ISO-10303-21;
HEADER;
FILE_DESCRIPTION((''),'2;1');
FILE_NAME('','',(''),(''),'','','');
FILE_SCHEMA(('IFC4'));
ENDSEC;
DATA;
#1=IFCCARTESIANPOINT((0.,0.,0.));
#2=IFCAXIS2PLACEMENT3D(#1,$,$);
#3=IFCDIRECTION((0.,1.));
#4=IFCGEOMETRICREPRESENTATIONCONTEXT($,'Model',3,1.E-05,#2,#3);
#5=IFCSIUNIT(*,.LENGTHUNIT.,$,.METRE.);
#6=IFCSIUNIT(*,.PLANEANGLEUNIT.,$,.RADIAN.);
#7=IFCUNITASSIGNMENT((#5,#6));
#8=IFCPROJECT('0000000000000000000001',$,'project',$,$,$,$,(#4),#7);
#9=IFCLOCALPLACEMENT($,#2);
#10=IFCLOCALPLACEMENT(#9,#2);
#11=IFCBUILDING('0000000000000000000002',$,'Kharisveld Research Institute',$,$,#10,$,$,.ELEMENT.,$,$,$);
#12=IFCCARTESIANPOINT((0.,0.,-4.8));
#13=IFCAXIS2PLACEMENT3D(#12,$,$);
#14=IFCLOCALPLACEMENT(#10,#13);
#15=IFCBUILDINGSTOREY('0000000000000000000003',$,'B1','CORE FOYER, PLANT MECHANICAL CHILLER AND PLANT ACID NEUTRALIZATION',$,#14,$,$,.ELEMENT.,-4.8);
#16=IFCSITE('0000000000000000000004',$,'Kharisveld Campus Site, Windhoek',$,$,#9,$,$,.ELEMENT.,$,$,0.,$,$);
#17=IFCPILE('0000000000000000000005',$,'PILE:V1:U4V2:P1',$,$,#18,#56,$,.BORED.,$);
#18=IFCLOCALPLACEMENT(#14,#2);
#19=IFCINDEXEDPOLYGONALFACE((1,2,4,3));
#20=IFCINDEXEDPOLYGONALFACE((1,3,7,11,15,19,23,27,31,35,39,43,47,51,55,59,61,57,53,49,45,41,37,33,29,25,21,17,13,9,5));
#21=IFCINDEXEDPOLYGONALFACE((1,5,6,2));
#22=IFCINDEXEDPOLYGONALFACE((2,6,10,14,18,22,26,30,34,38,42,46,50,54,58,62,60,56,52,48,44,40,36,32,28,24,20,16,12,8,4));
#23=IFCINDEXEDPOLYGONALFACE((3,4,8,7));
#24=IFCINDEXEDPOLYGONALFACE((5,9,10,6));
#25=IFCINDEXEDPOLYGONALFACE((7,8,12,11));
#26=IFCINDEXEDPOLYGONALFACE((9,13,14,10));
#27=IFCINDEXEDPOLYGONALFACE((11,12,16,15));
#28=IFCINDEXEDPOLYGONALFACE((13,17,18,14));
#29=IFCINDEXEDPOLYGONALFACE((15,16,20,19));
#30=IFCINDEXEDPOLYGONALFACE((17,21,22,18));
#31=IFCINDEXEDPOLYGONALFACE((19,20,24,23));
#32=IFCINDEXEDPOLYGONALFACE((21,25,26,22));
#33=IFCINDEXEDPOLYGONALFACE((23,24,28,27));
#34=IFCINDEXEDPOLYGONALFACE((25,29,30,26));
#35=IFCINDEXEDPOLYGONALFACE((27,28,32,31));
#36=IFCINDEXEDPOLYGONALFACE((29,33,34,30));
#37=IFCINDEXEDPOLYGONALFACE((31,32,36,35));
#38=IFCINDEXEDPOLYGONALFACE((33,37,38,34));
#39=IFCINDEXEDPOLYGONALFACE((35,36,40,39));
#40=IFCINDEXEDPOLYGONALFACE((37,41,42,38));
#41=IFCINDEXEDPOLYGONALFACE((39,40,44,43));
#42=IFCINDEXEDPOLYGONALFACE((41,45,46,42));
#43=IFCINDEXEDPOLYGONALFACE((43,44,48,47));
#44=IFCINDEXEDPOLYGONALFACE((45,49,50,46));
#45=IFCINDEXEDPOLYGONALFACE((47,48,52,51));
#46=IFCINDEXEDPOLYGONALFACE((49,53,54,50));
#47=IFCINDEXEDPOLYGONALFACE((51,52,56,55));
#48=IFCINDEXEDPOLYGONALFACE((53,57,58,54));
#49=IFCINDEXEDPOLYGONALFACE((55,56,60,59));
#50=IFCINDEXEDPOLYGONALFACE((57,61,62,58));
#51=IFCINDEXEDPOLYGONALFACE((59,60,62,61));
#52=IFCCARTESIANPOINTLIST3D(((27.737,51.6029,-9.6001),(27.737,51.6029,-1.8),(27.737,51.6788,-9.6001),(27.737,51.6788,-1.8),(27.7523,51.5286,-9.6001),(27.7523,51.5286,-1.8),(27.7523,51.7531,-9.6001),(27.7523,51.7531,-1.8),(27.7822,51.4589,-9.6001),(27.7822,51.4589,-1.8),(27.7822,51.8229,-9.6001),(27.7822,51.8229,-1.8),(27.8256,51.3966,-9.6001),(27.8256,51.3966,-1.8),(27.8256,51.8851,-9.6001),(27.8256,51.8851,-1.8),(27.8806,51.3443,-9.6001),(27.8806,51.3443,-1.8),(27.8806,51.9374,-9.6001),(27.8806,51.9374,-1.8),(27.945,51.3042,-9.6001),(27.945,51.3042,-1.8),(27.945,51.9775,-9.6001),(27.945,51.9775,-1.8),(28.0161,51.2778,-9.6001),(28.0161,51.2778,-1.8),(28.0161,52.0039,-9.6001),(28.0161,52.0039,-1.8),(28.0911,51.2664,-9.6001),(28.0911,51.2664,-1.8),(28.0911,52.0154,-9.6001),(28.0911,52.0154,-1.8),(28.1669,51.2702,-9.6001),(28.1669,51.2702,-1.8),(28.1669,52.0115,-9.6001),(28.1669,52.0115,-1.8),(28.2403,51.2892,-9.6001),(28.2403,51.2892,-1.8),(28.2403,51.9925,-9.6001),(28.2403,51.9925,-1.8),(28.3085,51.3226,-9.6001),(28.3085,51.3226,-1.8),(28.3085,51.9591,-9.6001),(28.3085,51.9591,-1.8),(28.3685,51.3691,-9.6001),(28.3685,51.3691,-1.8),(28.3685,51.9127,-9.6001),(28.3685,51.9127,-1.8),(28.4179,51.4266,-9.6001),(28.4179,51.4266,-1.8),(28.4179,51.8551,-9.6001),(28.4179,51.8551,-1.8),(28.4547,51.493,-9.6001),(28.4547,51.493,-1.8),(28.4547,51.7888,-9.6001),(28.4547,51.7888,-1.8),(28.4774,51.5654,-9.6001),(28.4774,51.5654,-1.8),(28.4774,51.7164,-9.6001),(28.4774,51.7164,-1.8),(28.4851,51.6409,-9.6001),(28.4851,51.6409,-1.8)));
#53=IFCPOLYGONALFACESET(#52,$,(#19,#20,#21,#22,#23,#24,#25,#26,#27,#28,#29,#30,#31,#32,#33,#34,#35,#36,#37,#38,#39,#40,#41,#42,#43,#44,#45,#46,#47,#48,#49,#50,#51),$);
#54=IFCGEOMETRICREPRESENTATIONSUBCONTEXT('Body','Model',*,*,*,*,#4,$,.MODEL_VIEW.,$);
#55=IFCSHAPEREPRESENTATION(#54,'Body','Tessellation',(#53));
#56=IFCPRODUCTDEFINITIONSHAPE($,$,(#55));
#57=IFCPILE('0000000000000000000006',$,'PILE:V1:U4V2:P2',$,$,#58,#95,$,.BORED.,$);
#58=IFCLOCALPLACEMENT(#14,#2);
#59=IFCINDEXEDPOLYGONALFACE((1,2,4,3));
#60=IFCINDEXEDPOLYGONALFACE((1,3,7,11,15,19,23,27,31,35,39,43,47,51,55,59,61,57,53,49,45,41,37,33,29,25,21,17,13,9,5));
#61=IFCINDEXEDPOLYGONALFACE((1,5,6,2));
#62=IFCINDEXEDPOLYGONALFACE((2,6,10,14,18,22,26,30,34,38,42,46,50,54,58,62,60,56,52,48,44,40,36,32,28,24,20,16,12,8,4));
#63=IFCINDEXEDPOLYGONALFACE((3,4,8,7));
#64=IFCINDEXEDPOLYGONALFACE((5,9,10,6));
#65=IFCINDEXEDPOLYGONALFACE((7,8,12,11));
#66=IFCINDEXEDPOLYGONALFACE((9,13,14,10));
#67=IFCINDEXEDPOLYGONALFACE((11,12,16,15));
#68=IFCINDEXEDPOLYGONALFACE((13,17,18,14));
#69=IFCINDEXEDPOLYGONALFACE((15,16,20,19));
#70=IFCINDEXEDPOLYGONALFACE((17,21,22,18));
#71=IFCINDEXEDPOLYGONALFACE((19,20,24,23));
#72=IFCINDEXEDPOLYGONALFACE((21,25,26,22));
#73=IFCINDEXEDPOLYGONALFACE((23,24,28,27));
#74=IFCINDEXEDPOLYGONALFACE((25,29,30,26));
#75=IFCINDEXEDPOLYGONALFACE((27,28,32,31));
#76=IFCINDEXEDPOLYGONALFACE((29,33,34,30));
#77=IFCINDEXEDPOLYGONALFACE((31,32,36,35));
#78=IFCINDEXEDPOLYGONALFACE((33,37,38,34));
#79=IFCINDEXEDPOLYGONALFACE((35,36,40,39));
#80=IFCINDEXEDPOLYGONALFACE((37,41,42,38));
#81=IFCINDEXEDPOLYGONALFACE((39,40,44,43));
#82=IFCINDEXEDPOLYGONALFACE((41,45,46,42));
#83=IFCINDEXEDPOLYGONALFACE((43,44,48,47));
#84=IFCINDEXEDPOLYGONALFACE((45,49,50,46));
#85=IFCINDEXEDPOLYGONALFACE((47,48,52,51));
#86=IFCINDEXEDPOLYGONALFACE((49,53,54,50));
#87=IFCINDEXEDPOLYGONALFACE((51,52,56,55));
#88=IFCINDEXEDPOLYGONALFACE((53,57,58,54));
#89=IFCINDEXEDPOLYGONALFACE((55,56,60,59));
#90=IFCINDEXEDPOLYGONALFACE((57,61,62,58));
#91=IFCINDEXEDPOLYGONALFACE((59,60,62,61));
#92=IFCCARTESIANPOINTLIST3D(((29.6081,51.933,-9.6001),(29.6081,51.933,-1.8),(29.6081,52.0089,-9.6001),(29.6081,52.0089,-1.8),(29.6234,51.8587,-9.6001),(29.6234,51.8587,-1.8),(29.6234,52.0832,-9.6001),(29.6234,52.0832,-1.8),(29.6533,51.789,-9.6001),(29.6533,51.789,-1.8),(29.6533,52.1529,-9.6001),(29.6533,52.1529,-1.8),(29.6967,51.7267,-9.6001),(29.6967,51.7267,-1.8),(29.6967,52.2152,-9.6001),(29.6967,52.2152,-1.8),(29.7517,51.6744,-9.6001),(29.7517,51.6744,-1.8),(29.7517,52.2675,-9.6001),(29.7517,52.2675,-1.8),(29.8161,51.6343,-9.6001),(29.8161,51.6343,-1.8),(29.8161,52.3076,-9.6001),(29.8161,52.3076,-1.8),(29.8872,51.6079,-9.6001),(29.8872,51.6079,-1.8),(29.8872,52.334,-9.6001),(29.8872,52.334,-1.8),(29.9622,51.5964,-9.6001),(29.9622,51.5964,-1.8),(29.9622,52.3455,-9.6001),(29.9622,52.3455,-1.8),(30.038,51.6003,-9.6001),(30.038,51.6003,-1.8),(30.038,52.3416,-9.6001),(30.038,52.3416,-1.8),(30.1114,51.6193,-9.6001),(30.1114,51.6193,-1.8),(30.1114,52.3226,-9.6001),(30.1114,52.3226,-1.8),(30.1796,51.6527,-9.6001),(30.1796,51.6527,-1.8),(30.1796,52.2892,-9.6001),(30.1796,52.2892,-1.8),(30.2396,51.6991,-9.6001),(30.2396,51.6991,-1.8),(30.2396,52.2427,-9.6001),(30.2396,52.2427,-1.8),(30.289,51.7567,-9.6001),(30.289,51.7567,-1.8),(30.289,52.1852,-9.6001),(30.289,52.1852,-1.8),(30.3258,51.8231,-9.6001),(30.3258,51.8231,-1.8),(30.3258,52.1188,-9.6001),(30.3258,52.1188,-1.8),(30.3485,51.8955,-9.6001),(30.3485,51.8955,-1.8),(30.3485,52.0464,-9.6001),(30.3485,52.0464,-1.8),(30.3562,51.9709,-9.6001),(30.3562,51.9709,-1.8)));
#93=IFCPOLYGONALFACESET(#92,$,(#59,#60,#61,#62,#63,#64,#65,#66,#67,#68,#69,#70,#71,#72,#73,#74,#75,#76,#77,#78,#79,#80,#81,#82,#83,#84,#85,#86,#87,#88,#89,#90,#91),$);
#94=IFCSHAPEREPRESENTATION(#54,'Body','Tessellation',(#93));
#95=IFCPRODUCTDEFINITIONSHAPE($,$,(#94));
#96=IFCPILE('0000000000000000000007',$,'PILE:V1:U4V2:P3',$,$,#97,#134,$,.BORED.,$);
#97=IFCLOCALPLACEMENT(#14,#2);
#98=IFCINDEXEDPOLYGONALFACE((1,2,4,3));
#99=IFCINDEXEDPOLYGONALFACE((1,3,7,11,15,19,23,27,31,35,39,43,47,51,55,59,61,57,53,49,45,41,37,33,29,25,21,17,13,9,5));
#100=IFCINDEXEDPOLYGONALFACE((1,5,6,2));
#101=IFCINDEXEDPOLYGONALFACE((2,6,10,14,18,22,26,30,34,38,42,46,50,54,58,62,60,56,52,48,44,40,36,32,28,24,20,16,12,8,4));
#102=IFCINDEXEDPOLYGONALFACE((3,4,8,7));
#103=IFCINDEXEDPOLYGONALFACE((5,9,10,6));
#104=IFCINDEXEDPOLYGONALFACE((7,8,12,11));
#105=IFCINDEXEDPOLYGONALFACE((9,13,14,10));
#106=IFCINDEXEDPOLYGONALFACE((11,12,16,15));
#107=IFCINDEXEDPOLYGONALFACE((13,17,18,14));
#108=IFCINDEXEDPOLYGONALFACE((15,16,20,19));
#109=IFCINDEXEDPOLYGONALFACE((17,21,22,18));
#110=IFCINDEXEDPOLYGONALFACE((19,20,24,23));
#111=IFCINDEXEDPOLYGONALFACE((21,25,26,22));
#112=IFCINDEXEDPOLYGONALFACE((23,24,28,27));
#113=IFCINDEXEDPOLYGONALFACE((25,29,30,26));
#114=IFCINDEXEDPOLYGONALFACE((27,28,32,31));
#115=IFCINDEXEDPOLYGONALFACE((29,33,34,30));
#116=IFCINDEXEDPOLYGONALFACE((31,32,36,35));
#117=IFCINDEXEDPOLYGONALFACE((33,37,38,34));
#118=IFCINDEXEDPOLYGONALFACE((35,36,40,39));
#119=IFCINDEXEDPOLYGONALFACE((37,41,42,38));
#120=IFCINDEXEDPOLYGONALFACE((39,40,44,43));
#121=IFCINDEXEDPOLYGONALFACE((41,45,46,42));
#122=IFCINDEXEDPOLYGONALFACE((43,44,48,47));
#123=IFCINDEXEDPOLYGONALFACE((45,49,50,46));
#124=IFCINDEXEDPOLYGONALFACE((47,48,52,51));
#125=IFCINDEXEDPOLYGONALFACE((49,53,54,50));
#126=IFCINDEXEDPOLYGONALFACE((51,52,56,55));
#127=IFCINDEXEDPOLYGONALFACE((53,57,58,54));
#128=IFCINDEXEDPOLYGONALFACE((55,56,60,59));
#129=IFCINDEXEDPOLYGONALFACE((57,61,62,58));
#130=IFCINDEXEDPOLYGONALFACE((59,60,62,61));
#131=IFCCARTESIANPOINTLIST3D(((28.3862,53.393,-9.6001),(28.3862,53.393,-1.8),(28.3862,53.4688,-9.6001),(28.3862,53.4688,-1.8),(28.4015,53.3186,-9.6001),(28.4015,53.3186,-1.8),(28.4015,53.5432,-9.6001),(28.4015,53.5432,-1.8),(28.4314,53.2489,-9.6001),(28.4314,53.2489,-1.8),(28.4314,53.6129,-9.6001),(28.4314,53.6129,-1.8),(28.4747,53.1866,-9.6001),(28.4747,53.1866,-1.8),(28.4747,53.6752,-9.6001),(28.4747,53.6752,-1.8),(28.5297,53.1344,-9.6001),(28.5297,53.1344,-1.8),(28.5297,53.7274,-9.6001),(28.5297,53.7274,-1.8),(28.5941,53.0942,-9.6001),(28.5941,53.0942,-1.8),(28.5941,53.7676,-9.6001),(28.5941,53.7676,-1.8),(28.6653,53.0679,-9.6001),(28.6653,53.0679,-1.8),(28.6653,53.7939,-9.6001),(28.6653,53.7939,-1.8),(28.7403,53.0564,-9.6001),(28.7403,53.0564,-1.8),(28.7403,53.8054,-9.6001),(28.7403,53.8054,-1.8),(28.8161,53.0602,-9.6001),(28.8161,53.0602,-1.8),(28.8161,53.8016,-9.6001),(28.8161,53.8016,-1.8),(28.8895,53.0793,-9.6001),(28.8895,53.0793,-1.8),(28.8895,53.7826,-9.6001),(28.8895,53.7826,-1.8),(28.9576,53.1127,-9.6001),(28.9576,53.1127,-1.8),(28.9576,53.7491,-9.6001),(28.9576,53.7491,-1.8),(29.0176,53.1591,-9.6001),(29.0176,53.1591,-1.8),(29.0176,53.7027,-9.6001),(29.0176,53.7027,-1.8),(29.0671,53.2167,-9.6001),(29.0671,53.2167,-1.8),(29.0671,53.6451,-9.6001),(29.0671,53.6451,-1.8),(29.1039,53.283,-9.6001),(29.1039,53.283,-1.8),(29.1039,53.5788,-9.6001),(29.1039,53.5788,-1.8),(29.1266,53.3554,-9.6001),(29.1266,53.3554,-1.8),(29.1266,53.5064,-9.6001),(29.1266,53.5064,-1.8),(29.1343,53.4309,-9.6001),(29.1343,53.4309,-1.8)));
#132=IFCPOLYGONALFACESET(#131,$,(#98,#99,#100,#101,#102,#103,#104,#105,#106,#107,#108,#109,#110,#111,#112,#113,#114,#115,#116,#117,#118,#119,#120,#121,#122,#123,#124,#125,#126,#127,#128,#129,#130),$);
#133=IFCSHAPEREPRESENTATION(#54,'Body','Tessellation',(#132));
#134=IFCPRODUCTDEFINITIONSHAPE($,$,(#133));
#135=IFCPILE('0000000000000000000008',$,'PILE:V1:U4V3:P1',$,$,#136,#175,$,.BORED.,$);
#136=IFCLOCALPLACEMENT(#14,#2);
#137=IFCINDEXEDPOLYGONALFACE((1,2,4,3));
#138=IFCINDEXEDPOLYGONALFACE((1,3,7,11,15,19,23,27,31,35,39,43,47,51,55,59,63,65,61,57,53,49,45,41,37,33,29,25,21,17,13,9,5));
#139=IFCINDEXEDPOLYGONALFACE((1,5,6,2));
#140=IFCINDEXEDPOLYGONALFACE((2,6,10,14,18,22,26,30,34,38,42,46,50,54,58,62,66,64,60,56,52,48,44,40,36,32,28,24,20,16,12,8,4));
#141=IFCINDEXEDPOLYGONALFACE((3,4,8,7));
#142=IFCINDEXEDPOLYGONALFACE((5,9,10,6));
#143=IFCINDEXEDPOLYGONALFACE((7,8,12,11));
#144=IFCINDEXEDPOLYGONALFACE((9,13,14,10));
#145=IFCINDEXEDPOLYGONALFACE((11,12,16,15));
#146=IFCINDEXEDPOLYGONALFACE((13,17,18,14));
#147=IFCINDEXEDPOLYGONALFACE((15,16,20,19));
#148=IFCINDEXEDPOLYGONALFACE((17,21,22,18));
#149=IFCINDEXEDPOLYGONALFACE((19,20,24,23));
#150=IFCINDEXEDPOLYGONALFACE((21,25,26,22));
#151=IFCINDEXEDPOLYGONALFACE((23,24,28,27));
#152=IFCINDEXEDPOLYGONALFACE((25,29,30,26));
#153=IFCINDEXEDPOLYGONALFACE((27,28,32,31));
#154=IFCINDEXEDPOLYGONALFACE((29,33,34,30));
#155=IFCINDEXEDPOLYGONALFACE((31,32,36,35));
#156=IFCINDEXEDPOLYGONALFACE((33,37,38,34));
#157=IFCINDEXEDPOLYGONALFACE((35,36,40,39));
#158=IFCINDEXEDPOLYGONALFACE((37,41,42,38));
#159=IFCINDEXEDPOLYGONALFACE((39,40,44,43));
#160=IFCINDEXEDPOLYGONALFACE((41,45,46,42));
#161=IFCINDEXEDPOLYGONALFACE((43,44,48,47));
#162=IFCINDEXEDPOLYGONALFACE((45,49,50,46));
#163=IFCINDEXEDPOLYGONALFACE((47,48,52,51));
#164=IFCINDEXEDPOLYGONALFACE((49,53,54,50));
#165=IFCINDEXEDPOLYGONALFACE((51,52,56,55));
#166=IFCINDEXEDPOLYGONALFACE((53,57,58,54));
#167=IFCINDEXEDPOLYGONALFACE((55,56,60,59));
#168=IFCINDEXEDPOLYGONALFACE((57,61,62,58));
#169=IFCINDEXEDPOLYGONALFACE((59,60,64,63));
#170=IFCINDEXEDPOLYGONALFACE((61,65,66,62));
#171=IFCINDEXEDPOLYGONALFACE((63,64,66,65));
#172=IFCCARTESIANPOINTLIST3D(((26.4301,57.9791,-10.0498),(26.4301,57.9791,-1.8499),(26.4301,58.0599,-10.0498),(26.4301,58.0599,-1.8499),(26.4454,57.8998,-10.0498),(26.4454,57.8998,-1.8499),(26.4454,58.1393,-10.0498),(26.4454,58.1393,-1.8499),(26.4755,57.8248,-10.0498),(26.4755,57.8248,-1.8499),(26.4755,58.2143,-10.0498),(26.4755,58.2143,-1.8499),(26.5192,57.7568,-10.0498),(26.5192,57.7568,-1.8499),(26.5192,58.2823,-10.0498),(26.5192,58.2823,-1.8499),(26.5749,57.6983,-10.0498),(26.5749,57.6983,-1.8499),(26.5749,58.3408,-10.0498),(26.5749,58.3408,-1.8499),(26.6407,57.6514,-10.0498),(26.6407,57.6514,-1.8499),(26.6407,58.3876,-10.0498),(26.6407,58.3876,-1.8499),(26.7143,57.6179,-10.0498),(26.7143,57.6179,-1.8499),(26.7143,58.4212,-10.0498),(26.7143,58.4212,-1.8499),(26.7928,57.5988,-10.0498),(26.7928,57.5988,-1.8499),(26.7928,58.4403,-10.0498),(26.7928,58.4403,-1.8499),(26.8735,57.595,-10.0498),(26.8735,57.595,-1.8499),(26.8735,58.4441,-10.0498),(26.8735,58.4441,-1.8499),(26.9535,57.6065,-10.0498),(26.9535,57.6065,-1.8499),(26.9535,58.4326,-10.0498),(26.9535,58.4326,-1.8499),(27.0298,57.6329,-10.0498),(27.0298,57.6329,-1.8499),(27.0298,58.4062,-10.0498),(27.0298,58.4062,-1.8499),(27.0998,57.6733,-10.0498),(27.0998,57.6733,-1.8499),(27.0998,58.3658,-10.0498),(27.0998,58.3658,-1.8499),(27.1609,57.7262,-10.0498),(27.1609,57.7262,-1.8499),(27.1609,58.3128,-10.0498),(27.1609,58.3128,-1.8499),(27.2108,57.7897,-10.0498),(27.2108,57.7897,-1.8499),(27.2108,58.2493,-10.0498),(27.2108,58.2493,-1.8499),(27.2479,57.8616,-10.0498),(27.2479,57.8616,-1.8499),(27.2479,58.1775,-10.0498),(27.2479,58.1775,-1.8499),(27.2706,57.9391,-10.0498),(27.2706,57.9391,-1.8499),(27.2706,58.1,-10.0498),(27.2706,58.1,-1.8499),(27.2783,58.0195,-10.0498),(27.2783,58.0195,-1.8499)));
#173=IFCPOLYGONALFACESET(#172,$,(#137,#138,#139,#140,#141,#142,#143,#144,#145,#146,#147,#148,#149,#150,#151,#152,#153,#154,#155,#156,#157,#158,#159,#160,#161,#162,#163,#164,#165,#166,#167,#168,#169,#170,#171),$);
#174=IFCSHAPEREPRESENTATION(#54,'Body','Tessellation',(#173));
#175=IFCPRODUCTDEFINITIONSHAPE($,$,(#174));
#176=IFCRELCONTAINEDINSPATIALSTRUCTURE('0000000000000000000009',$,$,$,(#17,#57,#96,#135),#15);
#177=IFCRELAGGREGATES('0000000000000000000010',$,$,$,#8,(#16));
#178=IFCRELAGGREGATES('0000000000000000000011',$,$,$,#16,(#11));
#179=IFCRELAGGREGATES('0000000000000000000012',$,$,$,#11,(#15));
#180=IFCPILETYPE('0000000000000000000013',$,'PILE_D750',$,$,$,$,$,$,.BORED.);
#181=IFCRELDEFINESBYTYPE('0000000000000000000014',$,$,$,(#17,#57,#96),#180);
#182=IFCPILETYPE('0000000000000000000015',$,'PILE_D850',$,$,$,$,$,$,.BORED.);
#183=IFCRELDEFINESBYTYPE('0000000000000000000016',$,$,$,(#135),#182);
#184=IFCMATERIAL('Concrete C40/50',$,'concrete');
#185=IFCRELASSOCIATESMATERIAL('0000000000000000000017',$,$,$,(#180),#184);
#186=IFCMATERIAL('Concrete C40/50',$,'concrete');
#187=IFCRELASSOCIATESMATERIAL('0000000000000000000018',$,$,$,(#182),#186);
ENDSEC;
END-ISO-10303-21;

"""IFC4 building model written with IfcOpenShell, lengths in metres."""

from ifc_helpers import new_model, si_unit, direction, frame, origin, origin_2d, place, context, subcontext, project, spatial, circle, extrude, material, material_profile, profile_set, type_object, element, save


model = new_model("IFC4")

# Units and contexts
model_context = context("Model", 3, precision=1e-05, world=origin(), true_north=direction((0.0, 1.0)))
body_context = subcontext(model_context, "Body", "Model", "MODEL_VIEW")
ifc_project = project(units=[si_unit("LENGTHUNIT", "METRE"), si_unit("PLANEANGLEUNIT", "RADIAN")], contexts=[model_context])

# Site, building, storey
site_placement = place(None, origin())
site = spatial("IfcSite", under=ifc_project, at=site_placement, Name="Kharisveld Campus Site, Windhoek", CompositionType="ELEMENT", RefElevation=0.0)
building_placement = place(site_placement, origin())
building = spatial("IfcBuilding", under=site, at=building_placement, Name="Kharisveld Research Institute", CompositionType="ELEMENT")
storey_placement = place(building_placement, frame((0.0, 0.0, -4.8)))
storey = spatial("IfcBuildingStorey", under=building, at=storey_placement, Name="B1", Description="CORE FOYER, PLANT MECHANICAL CHILLER AND PLANT ACID NEUTRALIZATION", CompositionType="ELEMENT", Elevation=-4.8)

# Piles
ifc_material_1 = material(Name="Concrete C40/50", Category="concrete")
ifc_material_profile_1 = material_profile(ifc_material_1, circle(Radius=0.375, at=origin_2d()))
ifc_profile_set_1 = profile_set([ifc_material_profile_1], Name="Concrete C40/50")
pile_type_1 = type_object("IfcPileType", Name="PILE_D750", PredefinedType="BORED", material=ifc_profile_set_1)
for number, where, z_axis, x_axis, name in (
    (1, (28.1101, 51.6409, -1.8), (0.0, 0.0, -1.0), (1.0, 0.0, 0.0), "PILE:V1:U4V2:P1"),
    (2, (29.9812, 51.9709, -1.8), (0.0, 0.0, -1.0), (1.0, 0.0, 0.0), "PILE:V1:U4V2:P2"),
    (3, (28.7593, 53.4309, -1.8), (0.0, 0.0, -1.0), (1.0, 0.0, 0.0), "PILE:V1:U4V2:P3"),
):
    element("IfcPile", number, at=place(storey_placement, frame(where, z_axis=z_axis, x_axis=x_axis)), inside=storey, type_object=pile_type_1, Name=name, PredefinedType="BORED", context=body_context, shape_type="SweptSolid", body=[
        extrude(circle(Radius=0.375, at=origin_2d()), origin(), (0.0, 0.0, 1.0), 7.8),
    ])
ifc_material_2 = material(Name="Concrete C40/50", Category="concrete")
ifc_material_profile_2 = material_profile(ifc_material_2, circle(Radius=0.425, at=origin_2d()))
ifc_profile_set_2 = profile_set([ifc_material_profile_2], Name="Concrete C40/50")
pile_type_2 = type_object("IfcPileType", Name="PILE_D850", PredefinedType="BORED", material=ifc_profile_set_2)
for number, where, z_axis, x_axis, name in (
    (4, (26.8533, 58.0195, -1.8499), (0.0, 0.0, -1.0), (1.0, 0.0, 0.0), "PILE:V1:U4V3:P1"),
):
    element("IfcPile", number, at=place(storey_placement, frame(where, z_axis=z_axis, x_axis=x_axis)), inside=storey, type_object=pile_type_2, Name=name, PredefinedType="BORED", context=body_context, shape_type="SweptSolid", body=[
        extrude(circle(Radius=0.425, at=origin_2d()), origin(), (0.0, 0.0, 1.0), 8.2),
    ])

save(model, "model.ifc")
